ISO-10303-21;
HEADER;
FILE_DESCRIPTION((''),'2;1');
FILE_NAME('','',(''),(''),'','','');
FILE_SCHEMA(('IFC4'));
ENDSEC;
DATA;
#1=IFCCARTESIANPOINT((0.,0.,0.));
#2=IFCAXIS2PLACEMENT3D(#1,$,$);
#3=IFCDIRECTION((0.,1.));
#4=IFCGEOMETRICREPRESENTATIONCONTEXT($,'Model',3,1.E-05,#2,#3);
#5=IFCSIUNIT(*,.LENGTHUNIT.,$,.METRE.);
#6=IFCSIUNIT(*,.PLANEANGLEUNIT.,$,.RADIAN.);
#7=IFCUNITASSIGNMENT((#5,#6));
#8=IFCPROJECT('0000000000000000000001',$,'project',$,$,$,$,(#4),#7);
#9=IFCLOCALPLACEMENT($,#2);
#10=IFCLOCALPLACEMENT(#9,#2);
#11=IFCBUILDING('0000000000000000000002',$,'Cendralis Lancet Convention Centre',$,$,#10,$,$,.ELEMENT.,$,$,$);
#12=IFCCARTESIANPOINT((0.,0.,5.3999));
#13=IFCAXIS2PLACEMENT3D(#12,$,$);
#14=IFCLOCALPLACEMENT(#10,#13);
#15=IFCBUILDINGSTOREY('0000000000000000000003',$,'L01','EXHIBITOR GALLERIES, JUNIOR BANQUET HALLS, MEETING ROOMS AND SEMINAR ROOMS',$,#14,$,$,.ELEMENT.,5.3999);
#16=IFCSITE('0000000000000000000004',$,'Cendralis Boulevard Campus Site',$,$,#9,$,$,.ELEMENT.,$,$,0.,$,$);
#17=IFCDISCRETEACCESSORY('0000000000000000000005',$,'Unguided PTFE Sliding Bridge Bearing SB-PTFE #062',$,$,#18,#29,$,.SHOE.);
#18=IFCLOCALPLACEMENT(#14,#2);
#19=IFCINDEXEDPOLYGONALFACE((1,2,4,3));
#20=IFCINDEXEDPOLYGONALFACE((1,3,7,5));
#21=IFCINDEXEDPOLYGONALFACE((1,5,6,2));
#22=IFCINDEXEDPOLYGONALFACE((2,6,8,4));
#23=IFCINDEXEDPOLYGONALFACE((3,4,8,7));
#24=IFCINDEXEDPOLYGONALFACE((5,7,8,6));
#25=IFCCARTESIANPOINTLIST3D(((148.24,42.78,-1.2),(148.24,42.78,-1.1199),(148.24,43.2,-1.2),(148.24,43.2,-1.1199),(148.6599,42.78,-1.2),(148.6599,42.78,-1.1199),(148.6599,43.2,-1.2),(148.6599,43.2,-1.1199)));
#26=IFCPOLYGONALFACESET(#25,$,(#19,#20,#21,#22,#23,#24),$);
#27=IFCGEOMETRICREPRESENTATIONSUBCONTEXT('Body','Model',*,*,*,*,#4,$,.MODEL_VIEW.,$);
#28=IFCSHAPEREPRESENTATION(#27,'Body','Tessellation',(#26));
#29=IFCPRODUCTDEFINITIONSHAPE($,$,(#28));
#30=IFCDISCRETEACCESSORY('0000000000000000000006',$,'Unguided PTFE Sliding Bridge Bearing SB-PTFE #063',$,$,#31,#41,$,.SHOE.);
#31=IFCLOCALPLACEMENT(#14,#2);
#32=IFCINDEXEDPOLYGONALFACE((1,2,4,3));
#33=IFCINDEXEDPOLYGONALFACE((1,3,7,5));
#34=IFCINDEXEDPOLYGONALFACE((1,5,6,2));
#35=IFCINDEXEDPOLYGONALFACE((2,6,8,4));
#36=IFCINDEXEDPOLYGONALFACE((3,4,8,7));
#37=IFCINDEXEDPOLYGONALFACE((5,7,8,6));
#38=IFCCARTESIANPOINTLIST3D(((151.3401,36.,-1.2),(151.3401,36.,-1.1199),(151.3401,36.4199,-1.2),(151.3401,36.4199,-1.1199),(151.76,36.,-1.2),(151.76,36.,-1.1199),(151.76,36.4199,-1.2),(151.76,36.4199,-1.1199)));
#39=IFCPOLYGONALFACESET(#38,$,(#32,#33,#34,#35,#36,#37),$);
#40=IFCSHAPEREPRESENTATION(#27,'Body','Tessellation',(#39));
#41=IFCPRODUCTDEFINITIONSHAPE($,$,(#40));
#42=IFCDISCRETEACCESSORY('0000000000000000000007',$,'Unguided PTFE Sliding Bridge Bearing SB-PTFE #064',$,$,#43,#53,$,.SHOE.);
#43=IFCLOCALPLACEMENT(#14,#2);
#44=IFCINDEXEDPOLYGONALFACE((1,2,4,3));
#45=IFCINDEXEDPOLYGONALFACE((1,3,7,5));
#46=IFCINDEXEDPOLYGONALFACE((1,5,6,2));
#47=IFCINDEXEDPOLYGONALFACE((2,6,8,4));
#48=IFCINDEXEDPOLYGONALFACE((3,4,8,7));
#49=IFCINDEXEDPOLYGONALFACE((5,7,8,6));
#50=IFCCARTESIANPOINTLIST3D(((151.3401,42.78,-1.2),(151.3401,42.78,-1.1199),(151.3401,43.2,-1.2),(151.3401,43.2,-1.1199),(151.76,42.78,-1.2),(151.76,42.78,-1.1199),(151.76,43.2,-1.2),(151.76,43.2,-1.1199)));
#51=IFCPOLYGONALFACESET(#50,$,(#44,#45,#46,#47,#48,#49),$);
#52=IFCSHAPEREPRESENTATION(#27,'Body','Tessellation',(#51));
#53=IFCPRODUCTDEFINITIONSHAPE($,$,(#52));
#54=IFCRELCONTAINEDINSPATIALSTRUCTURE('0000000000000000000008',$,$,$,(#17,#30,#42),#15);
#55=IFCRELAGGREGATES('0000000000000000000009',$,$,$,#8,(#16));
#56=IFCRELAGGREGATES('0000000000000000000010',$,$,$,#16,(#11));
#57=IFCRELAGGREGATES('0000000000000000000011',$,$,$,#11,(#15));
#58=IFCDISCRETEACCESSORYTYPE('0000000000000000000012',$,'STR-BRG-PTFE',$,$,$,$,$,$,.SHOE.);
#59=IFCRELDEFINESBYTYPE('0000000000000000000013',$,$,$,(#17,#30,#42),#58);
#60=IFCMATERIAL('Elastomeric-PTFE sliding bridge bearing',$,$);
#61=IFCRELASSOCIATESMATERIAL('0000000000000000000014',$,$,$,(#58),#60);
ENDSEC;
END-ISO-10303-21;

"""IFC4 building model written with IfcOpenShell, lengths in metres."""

from ifc_helpers import new_model, si_unit, direction, frame, origin, origin_2d, place, context, subcontext, project, spatial, rectangle, extrude, material, type_object, element, save


model = new_model("IFC4")

# Units and contexts
model_context = context("Model", 3, precision=1e-05, world=origin(), true_north=direction((0.0, 1.0)))
body_context = subcontext(model_context, "Body", "Model", "MODEL_VIEW")
ifc_project = project(units=[si_unit("LENGTHUNIT", "METRE"), si_unit("PLANEANGLEUNIT", "RADIAN")], contexts=[model_context])

# Site, building, storey
site_placement = place(None, origin())
site = spatial("IfcSite", under=ifc_project, at=site_placement, Name="Cendralis Boulevard Campus Site", CompositionType="ELEMENT", RefElevation=0.0)
building_placement = place(site_placement, origin())
building = spatial("IfcBuilding", under=site, at=building_placement, Name="Cendralis Lancet Convention Centre", CompositionType="ELEMENT")
storey_placement = place(building_placement, frame((0.0, 0.0, 5.3999)))
storey = spatial("IfcBuildingStorey", under=building, at=storey_placement, Name="L01", Description="EXHIBITOR GALLERIES, JUNIOR BANQUET HALLS, MEETING ROOMS AND SEMINAR ROOMS", CompositionType="ELEMENT", Elevation=5.3999)

# Discrete accessories
ifc_material_1 = material(Name="Elastomeric-PTFE sliding bridge bearing")
discrete_accessory_type = type_object("IfcDiscreteAccessoryType", Name="STR-BRG-PTFE", PredefinedType="SHOE", material=ifc_material_1)
for number, where, z_axis, x_axis, name in (
    (1, (148.45, 42.99, -1.2), (0.0, 0.0, 1.0), (1.0, 0.0, 0.0), "Unguided PTFE Sliding Bridge Bearing SB-PTFE #062"),
    (2, (151.55, 36.21, -1.2), (0.0, 0.0, 1.0), (1.0, 0.0, 0.0), "Unguided PTFE Sliding Bridge Bearing SB-PTFE #063"),
    (3, (151.55, 42.99, -1.2), (0.0, 0.0, 1.0), (1.0, 0.0, 0.0), "Unguided PTFE Sliding Bridge Bearing SB-PTFE #064"),
):
    element("IfcDiscreteAccessory", number, at=place(storey_placement, frame(where, z_axis=z_axis, x_axis=x_axis)), inside=storey, type_object=discrete_accessory_type, Name=name, PredefinedType="SHOE", context=body_context, shape_type="SweptSolid", body=[
        extrude(rectangle(XDim=0.4199, YDim=0.4199, at=origin_2d()), origin(), (0.0, 0.0, 1.0), 0.0801),
    ])

save(model, "model.ifc")
